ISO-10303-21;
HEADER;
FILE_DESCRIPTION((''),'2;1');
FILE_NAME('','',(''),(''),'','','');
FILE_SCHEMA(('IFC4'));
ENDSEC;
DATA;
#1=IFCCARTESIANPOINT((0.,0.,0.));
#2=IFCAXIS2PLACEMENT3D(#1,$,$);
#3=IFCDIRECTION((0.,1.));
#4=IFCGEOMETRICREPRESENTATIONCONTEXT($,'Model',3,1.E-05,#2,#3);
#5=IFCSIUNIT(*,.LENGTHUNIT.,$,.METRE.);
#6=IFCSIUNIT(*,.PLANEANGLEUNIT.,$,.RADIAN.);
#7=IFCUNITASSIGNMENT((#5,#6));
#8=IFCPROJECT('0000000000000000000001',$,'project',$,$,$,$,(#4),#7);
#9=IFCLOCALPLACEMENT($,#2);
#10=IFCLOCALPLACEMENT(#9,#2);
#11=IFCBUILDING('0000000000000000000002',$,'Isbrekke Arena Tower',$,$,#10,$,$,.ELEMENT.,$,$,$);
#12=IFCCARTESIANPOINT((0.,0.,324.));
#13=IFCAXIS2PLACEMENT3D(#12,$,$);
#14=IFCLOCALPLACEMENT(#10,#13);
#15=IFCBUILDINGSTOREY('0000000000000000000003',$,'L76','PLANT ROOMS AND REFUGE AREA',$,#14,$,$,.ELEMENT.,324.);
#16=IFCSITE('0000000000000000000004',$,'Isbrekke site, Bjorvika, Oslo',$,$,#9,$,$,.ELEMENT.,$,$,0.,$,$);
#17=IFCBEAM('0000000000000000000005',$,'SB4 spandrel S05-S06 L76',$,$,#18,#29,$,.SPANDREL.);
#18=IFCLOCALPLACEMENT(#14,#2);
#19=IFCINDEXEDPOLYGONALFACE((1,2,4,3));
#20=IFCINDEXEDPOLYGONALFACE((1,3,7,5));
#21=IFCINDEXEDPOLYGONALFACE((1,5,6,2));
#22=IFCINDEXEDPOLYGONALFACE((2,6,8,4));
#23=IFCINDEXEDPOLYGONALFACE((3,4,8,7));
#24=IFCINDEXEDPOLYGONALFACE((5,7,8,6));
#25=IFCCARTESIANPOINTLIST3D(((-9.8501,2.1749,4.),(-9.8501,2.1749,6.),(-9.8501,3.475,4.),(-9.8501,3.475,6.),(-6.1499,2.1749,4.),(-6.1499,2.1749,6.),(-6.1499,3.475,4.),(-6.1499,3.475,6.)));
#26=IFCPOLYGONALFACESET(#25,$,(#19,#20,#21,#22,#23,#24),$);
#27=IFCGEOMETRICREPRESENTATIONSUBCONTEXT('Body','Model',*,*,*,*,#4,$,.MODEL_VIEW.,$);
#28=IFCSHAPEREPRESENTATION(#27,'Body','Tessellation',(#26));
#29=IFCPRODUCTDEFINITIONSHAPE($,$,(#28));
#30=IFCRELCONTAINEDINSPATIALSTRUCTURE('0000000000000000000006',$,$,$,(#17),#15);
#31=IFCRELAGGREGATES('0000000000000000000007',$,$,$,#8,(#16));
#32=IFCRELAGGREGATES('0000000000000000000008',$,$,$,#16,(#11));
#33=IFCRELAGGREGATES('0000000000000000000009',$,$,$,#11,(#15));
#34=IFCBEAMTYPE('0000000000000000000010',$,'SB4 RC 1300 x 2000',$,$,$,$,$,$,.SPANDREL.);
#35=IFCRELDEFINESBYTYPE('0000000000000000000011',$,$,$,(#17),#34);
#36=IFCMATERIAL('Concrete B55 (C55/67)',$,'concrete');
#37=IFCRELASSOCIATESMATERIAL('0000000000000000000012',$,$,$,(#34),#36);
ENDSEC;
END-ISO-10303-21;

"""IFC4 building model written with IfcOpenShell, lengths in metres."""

from ifc_helpers import new_model, si_unit, direction, frame, origin, origin_2d, place, context, subcontext, project, spatial, rectangle, extrude, material, material_profile, profile_set, type_object, element, save


model = new_model("IFC4")

# Units and contexts
model_context = context("Model", 3, precision=1e-05, world=origin(), true_north=direction((0.0, 1.0)))
body_context = subcontext(model_context, "Body", "Model", "MODEL_VIEW")
ifc_project = project(units=[si_unit("LENGTHUNIT", "METRE"), si_unit("PLANEANGLEUNIT", "RADIAN")], contexts=[model_context])

# Site, building, storey
site_placement = place(None, origin())
site = spatial("IfcSite", under=ifc_project, at=site_placement, Name="Isbrekke site, Bjorvika, Oslo", CompositionType="ELEMENT", RefElevation=0.0)
building_placement = place(site_placement, origin())
building = spatial("IfcBuilding", under=site, at=building_placement, Name="Isbrekke Arena Tower", CompositionType="ELEMENT")
storey_placement = place(building_placement, frame((0.0, 0.0, 324.0)))
storey = spatial("IfcBuildingStorey", under=building, at=storey_placement, Name="L76", Description="PLANT ROOMS AND REFUGE AREA", CompositionType="ELEMENT", Elevation=324.0)

# Beam
ifc_material_1 = material(Name="Concrete B55 (C55/67)", Category="concrete")
ifc_material_profile_1 = material_profile(ifc_material_1, rectangle(XDim=1.3, YDim=2.0, at=origin_2d()), Name="RC 1300x2000")
ifc_profile_set_1 = profile_set([ifc_material_profile_1], Name="Concrete B55 (C55/67)")
beam_type = type_object("IfcBeamType", Name="SB4 RC 1300 x 2000", PredefinedType="SPANDREL", material=ifc_profile_set_1)
for number, where, z_axis, x_axis, name in (
    (1, (-9.8501, 2.825, 5.0), (1.0, 0.0, 0.0), (0.0, 1.0, 0.0), "SB4 spandrel S05-S06 L76"),
):
    element("IfcBeam", number, at=place(storey_placement, frame(where, z_axis=z_axis, x_axis=x_axis)), inside=storey, type_object=beam_type, Name=name, PredefinedType="SPANDREL", context=body_context, shape_type="SweptSolid", body=[
        extrude(rectangle(XDim=1.3, YDim=2.0, at=origin_2d()), origin(), (0.0, 0.0, 1.0), 3.7002),
    ])

save(model, "model.ifc")
